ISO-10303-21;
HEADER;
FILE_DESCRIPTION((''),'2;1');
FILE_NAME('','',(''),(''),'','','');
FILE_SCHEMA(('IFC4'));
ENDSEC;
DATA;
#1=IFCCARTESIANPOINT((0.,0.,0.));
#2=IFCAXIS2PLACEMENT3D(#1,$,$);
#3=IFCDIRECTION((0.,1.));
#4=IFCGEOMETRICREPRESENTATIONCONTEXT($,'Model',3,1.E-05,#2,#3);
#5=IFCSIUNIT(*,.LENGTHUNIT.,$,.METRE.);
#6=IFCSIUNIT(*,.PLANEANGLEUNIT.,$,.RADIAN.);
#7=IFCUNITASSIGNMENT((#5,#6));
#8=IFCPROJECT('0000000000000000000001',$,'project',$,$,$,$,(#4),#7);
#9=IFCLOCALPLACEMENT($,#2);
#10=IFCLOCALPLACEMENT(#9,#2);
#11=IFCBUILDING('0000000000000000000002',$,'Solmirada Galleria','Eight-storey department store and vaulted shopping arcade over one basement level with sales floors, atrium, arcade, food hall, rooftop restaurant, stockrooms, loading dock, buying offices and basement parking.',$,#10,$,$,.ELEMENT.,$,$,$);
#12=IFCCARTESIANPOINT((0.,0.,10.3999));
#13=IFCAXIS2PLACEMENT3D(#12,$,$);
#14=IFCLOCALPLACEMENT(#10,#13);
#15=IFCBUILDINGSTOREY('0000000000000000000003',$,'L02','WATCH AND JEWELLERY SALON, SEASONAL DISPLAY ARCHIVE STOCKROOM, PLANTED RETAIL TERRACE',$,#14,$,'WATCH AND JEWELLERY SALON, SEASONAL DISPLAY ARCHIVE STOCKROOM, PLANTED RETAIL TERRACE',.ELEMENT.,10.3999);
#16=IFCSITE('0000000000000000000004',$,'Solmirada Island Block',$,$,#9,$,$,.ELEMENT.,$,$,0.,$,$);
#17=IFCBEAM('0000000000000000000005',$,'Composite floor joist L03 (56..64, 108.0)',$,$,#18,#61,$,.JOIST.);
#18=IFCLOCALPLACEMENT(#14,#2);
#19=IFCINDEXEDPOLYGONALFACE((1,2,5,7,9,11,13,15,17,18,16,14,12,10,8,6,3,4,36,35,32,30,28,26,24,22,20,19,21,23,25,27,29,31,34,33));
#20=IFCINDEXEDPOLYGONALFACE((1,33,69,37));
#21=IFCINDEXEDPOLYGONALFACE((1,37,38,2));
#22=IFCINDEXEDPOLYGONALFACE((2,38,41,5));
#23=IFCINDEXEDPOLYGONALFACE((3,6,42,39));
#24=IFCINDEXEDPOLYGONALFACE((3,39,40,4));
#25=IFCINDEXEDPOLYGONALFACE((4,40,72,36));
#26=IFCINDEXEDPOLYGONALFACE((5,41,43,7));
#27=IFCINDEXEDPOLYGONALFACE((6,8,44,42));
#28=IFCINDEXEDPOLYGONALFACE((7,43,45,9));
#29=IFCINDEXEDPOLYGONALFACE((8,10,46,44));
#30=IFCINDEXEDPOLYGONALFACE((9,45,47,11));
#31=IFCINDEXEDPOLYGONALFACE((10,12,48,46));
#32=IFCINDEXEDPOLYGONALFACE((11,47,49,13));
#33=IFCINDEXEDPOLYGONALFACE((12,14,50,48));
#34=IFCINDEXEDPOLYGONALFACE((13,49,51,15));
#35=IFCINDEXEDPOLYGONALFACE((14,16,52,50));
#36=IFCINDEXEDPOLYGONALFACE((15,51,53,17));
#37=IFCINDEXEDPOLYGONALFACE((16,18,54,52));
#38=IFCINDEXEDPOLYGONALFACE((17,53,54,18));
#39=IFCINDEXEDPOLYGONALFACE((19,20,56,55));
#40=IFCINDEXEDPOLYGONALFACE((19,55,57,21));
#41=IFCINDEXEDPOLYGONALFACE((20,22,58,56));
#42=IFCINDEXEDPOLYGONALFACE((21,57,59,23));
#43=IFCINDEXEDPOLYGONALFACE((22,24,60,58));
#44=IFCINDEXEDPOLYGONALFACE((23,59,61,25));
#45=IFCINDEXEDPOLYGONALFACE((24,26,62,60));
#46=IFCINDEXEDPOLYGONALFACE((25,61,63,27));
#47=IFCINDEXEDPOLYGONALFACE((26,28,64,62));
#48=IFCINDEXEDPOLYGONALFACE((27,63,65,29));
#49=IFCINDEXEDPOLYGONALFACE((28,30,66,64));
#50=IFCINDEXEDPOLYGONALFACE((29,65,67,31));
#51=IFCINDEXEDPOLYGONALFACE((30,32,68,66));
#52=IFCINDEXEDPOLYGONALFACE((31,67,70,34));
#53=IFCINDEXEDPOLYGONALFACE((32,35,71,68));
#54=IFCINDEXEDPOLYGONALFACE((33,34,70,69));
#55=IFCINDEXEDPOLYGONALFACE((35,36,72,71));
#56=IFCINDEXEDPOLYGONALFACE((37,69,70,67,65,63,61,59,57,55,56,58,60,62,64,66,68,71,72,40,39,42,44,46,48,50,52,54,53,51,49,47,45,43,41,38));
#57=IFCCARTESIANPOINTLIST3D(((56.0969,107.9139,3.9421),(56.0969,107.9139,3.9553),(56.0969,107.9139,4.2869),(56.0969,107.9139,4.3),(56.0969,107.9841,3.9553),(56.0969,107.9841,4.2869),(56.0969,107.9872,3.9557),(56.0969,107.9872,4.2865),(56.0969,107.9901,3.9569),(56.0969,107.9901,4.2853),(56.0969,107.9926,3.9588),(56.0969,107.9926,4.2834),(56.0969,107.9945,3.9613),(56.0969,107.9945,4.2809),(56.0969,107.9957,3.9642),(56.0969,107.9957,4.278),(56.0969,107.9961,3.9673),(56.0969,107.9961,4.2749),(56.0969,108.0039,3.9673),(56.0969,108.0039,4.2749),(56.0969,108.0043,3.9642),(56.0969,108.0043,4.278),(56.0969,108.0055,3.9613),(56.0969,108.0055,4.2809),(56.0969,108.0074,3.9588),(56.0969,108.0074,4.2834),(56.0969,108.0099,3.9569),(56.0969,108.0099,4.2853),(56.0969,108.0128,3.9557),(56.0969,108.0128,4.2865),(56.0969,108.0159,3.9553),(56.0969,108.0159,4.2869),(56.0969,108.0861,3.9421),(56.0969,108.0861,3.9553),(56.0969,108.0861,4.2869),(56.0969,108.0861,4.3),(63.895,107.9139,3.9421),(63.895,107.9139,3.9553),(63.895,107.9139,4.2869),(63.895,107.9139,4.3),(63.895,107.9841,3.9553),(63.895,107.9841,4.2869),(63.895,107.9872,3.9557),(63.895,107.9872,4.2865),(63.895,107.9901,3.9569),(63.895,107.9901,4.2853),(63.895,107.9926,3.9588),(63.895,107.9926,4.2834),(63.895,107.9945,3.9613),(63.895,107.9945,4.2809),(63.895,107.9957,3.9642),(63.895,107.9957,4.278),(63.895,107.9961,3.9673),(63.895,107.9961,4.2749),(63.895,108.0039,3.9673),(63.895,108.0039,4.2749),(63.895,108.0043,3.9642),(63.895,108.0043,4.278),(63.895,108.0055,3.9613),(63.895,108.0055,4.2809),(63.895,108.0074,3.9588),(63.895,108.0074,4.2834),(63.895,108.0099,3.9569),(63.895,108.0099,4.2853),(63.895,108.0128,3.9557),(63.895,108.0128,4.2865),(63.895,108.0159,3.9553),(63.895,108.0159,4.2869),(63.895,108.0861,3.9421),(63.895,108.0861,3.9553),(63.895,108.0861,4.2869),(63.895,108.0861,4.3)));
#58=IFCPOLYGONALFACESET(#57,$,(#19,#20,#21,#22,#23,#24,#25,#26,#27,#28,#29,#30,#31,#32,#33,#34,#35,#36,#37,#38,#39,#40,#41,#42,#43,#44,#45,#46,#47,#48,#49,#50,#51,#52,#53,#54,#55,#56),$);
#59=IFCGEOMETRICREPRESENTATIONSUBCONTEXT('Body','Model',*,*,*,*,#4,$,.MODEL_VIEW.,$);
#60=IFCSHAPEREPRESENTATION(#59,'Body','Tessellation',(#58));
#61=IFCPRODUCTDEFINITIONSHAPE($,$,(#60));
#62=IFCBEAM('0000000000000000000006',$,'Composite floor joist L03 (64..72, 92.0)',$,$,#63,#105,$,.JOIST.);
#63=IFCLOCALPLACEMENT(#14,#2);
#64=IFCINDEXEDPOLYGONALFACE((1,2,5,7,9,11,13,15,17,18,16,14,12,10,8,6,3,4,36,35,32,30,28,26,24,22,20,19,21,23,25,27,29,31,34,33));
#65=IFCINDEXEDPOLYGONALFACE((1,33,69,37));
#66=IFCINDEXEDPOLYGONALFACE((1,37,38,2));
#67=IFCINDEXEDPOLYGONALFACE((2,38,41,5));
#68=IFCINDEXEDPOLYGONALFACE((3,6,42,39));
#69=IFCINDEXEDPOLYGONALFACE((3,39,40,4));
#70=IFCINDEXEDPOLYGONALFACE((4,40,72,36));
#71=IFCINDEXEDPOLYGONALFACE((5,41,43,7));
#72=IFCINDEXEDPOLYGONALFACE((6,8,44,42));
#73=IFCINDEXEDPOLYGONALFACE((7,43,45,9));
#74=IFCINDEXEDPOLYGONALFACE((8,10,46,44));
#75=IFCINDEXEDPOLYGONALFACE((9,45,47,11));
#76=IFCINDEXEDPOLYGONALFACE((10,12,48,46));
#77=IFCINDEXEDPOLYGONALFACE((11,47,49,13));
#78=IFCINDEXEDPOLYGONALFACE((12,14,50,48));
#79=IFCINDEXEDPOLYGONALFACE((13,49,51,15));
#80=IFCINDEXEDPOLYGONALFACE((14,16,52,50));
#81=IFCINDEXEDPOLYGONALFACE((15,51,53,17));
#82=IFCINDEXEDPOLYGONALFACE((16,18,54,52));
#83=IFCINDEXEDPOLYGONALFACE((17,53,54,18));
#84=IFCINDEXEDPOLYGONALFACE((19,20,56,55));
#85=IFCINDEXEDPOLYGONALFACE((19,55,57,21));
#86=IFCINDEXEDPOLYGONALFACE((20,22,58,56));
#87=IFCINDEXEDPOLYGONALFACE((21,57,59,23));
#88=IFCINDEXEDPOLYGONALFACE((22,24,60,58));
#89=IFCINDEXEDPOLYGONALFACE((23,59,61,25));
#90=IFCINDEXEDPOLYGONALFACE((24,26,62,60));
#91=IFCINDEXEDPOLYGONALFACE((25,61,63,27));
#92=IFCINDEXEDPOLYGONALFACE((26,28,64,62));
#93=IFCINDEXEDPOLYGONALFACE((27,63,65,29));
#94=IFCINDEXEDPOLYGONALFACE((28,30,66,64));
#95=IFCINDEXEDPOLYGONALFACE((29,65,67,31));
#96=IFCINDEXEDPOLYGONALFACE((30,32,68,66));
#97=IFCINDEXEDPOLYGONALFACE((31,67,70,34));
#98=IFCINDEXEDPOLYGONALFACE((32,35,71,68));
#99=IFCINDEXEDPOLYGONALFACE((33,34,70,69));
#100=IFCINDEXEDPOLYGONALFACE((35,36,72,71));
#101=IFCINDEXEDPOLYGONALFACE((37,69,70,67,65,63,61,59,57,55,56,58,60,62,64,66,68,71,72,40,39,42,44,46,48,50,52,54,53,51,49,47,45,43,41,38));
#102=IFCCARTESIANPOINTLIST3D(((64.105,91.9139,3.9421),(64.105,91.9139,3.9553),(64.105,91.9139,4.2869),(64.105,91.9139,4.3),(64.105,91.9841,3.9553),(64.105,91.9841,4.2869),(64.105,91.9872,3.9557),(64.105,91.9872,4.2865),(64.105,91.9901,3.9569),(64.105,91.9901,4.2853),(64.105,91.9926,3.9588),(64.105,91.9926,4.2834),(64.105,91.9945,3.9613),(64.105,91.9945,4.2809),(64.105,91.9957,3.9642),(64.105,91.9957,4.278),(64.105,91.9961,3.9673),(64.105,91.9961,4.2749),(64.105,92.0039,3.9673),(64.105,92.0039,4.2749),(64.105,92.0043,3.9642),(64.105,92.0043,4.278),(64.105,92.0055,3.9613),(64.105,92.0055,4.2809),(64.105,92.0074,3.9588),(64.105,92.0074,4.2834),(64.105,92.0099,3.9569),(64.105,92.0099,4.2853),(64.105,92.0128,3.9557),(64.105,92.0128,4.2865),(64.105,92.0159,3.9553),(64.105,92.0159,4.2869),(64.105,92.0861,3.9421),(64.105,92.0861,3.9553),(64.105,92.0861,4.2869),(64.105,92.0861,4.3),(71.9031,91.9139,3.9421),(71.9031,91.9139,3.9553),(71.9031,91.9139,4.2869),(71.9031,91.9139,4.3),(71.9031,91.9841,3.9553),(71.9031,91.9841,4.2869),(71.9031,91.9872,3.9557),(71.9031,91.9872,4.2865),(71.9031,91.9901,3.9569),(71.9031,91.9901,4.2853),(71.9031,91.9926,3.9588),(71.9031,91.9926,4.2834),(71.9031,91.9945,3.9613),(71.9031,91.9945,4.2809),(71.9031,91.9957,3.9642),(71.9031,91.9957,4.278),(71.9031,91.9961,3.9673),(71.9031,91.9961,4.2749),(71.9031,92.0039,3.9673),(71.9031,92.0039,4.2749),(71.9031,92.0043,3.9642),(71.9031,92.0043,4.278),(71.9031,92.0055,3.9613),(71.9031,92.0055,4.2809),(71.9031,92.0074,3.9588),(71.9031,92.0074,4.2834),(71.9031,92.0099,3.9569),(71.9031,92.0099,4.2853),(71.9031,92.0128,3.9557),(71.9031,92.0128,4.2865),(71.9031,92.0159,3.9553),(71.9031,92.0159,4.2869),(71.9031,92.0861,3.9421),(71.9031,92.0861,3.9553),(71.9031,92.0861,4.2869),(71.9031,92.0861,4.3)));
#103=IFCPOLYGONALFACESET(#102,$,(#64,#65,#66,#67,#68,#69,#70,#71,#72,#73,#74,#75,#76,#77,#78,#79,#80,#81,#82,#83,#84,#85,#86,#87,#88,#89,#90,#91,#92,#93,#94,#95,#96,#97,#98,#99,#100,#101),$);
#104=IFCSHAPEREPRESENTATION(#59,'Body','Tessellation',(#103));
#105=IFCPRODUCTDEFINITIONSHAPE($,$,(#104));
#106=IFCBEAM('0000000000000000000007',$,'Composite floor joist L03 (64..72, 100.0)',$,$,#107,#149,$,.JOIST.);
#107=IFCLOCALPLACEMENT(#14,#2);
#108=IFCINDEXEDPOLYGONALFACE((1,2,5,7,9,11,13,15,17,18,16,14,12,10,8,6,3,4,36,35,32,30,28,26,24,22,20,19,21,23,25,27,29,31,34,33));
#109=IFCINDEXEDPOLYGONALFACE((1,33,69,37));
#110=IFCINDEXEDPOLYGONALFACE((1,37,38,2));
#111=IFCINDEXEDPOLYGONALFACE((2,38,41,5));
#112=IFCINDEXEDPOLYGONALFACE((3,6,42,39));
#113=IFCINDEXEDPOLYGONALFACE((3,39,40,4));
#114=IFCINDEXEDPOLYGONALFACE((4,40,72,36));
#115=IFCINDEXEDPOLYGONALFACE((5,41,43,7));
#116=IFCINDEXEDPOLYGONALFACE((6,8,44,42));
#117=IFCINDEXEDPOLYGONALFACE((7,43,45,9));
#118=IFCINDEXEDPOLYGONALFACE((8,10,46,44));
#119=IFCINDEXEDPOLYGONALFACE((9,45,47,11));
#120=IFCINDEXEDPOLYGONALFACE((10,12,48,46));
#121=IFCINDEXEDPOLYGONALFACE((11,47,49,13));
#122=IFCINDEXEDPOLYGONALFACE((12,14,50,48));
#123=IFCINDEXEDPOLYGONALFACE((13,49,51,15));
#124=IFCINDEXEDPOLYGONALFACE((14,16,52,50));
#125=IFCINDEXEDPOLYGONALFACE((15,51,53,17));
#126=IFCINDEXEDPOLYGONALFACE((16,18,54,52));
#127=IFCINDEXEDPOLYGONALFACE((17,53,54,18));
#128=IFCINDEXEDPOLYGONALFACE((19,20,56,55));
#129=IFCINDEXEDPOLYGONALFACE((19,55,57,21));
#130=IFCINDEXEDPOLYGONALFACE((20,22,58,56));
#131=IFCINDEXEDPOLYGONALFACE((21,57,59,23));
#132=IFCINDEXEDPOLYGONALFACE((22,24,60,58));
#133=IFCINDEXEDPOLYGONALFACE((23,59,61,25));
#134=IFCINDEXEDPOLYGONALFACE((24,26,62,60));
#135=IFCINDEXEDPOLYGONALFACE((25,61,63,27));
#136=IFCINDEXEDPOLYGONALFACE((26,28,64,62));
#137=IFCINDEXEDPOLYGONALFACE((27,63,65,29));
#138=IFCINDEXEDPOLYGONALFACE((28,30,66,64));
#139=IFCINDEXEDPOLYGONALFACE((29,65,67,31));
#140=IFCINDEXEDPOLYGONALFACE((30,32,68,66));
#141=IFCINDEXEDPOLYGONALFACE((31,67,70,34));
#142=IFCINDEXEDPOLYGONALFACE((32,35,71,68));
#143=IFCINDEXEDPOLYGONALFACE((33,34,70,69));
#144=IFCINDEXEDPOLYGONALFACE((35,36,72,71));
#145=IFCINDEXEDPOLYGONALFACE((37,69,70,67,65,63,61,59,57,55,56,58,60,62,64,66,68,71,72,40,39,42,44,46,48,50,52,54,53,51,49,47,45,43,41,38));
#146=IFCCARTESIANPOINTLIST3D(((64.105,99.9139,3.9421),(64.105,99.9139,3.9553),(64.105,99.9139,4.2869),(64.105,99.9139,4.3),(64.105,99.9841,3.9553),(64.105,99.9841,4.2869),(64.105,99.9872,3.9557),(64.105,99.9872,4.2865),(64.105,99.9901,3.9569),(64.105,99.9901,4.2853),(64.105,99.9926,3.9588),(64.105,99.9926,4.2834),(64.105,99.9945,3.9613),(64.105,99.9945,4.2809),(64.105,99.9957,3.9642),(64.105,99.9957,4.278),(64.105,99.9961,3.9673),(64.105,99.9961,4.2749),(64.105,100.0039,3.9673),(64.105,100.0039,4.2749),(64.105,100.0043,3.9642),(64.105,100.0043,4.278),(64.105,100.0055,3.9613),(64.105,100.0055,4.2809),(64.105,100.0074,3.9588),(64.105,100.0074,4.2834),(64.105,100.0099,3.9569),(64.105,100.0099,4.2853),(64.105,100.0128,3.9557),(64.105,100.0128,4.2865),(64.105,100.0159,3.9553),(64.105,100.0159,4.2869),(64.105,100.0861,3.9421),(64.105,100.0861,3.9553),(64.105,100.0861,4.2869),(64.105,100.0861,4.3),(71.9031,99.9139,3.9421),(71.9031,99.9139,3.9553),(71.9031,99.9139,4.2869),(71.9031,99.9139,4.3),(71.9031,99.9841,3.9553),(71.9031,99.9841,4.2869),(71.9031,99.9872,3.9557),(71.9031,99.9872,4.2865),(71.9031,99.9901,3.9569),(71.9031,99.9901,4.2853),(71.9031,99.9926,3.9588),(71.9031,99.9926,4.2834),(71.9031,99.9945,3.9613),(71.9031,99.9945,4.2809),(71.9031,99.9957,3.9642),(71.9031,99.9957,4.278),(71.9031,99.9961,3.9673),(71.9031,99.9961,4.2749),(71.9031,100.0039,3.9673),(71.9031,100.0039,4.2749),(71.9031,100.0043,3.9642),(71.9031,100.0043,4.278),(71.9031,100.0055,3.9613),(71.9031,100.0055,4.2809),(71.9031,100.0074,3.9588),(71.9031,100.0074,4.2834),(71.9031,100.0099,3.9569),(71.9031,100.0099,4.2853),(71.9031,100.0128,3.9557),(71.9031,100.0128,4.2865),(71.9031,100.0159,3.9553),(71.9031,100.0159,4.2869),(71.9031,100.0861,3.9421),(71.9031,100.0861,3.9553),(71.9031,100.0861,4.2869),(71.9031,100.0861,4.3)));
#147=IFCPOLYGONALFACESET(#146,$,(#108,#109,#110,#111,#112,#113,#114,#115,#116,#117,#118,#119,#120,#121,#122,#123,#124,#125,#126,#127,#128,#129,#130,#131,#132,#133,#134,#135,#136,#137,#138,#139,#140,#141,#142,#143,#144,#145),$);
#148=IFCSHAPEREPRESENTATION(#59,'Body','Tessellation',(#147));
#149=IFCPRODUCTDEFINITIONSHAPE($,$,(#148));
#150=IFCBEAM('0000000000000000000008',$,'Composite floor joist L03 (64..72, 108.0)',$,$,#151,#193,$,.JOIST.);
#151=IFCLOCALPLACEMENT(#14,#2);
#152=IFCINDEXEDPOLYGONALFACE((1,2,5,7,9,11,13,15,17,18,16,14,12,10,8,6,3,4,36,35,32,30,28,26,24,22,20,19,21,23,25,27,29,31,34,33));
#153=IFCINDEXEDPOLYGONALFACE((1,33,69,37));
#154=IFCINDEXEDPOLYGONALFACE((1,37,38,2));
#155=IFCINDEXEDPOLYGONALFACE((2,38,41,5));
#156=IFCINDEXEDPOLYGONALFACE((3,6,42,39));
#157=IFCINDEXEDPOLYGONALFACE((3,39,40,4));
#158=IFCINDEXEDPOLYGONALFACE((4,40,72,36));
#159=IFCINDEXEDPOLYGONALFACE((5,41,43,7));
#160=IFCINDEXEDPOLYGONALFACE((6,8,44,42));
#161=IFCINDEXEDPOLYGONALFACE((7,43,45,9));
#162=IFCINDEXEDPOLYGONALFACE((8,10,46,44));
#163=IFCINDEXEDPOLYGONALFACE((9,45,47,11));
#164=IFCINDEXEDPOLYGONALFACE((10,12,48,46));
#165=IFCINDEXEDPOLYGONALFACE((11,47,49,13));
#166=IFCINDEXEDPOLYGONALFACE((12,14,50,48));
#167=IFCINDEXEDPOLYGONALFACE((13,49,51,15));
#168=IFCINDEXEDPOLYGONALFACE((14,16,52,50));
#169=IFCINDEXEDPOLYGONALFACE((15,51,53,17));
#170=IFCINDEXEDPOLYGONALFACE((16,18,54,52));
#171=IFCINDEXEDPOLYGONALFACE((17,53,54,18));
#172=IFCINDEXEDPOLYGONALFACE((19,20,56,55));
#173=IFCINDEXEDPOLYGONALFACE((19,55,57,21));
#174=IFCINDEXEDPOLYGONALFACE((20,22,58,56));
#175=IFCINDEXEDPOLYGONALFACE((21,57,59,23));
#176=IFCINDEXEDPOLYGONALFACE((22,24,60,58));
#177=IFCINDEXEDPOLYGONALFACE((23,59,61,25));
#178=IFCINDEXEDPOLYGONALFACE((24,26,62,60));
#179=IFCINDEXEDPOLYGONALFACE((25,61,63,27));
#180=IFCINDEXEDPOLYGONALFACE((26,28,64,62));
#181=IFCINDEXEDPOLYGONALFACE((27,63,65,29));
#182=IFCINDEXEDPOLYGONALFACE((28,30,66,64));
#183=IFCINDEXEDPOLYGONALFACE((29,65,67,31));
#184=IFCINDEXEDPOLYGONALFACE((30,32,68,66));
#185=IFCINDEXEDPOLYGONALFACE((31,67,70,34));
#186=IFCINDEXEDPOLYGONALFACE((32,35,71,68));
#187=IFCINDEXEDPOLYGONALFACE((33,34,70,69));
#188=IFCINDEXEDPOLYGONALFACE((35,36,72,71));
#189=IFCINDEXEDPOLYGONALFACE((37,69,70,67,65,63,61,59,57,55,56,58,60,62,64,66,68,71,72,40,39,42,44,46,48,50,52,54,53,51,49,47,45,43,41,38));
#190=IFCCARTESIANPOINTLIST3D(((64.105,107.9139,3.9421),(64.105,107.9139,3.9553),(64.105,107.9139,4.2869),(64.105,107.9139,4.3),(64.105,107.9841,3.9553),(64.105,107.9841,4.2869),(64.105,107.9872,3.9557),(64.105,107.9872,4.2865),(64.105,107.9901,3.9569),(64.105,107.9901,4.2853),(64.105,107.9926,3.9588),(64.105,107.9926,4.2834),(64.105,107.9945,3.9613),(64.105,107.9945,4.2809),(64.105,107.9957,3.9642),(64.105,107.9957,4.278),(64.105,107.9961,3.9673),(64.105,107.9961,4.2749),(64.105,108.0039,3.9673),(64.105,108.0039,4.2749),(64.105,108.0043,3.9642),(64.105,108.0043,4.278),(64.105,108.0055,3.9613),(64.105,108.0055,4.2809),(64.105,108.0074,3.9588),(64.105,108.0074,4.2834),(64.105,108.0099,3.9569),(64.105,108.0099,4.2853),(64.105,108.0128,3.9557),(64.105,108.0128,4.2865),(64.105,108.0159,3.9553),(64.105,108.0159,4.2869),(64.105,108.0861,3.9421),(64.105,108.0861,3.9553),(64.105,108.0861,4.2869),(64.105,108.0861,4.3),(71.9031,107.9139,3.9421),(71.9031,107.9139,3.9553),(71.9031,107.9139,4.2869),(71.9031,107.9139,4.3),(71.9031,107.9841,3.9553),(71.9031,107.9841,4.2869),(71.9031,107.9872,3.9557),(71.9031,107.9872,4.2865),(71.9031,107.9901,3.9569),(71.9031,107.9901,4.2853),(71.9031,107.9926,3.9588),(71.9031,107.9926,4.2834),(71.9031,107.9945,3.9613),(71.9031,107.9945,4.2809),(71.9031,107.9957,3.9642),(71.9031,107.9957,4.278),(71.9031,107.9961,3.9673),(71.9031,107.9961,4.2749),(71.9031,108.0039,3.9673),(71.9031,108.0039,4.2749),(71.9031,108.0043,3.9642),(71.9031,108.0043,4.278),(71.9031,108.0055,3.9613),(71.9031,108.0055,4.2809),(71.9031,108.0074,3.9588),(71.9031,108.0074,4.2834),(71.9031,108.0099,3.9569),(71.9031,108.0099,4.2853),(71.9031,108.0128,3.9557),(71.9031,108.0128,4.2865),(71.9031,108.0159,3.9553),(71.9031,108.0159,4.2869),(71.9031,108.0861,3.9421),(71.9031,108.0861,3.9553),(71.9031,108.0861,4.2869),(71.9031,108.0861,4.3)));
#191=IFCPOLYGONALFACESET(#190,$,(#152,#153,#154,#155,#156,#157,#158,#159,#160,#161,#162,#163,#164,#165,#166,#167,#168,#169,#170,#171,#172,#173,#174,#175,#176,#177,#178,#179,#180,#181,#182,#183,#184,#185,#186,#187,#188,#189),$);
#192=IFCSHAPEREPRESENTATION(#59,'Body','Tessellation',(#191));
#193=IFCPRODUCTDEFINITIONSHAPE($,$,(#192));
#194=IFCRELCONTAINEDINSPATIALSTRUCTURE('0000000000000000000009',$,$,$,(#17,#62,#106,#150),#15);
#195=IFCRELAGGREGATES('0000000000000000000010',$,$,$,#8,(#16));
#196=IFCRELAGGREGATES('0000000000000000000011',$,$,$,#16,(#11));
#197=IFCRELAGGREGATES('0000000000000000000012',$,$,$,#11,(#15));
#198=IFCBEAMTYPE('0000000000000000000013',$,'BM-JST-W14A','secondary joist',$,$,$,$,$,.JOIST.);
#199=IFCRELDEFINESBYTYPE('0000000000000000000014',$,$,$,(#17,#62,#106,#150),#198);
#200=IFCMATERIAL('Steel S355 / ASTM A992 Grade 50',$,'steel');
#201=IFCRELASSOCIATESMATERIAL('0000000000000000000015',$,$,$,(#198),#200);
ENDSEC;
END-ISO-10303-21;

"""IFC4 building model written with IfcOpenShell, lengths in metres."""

from ifc_helpers import new_model, si_unit, direction, frame, origin, origin_2d, place, context, subcontext, project, spatial, i_section, extrude, material, material_profile, profile_set, type_object, element, save


model = new_model("IFC4")

# Units and contexts
model_context = context("Model", 3, precision=1e-05, world=origin(), true_north=direction((0.0, 1.0)))
body_context = subcontext(model_context, "Body", "Model", "MODEL_VIEW")
ifc_project = project(units=[si_unit("LENGTHUNIT", "METRE"), si_unit("PLANEANGLEUNIT", "RADIAN")], contexts=[model_context])

# Site, building, storey
site_placement = place(None, origin())
site = spatial("IfcSite", under=ifc_project, at=site_placement, Name="Solmirada Island Block", CompositionType="ELEMENT", RefElevation=0.0)
building_placement = place(site_placement, origin())
building = spatial("IfcBuilding", under=site, at=building_placement, Name="Solmirada Galleria", Description="Eight-storey department store and vaulted shopping arcade over one basement level with sales floors, atrium, arcade, food hall, rooftop restaurant, stockrooms, loading dock, buying offices and basement parking.", CompositionType="ELEMENT")
storey_placement = place(building_placement, frame((0.0, 0.0, 10.3999)))
storey = spatial("IfcBuildingStorey", under=building, at=storey_placement, Name="L02", Description="WATCH AND JEWELLERY SALON, SEASONAL DISPLAY ARCHIVE STOCKROOM, PLANTED RETAIL TERRACE", LongName="WATCH AND JEWELLERY SALON, SEASONAL DISPLAY ARCHIVE STOCKROOM, PLANTED RETAIL TERRACE", CompositionType="ELEMENT", Elevation=10.3999)

# Beams
ifc_material_1 = material(Name="Steel S355 / ASTM A992 Grade 50", Category="steel")
ifc_material_profile_1 = material_profile(ifc_material_1, i_section(OverallWidth=0.1721, OverallDepth=0.3579, WebThickness=0.0078, FlangeThickness=0.0132, FilletRadius=0.012, at=origin_2d()), Name="W14X38")
ifc_profile_set_1 = profile_set([ifc_material_profile_1], Name="Steel S355 / ASTM A992 Grade 50")
beam_type_1 = type_object("IfcBeamType", Name="BM-JST-W14A", Description="secondary joist", PredefinedType="JOIST", material=ifc_profile_set_1)
for number, where, z_axis, x_axis, name in (
    (1, (56.0969, 108.0, 4.1211), (1.0, 0.0, 0.0), (0.0, 1.0, 0.0), "Composite floor joist L03 (56..64, 108.0)"),
    (2, (64.105, 92.0, 4.1211), (1.0, 0.0, 0.0), (0.0, 1.0, 0.0), "Composite floor joist L03 (64..72, 92.0)"),
    (3, (64.105, 100.0, 4.1211), (1.0, 0.0, 0.0), (0.0, 1.0, 0.0), "Composite floor joist L03 (64..72, 100.0)"),
    (4, (64.105, 108.0, 4.1211), (1.0, 0.0, 0.0), (0.0, 1.0, 0.0), "Composite floor joist L03 (64..72, 108.0)"),
):
    element("IfcBeam", number, at=place(storey_placement, frame(where, z_axis=z_axis, x_axis=x_axis)), inside=storey, type_object=beam_type_1, Name=name, PredefinedType="JOIST", context=body_context, shape_type="SweptSolid", body=[
        extrude(i_section(OverallWidth=0.1721, OverallDepth=0.3579, WebThickness=0.0078, FlangeThickness=0.0132, FilletRadius=0.012, at=origin_2d()), origin(), (0.0, 0.0, 1.0), 7.7981),
    ])

save(model, "model.ifc")
